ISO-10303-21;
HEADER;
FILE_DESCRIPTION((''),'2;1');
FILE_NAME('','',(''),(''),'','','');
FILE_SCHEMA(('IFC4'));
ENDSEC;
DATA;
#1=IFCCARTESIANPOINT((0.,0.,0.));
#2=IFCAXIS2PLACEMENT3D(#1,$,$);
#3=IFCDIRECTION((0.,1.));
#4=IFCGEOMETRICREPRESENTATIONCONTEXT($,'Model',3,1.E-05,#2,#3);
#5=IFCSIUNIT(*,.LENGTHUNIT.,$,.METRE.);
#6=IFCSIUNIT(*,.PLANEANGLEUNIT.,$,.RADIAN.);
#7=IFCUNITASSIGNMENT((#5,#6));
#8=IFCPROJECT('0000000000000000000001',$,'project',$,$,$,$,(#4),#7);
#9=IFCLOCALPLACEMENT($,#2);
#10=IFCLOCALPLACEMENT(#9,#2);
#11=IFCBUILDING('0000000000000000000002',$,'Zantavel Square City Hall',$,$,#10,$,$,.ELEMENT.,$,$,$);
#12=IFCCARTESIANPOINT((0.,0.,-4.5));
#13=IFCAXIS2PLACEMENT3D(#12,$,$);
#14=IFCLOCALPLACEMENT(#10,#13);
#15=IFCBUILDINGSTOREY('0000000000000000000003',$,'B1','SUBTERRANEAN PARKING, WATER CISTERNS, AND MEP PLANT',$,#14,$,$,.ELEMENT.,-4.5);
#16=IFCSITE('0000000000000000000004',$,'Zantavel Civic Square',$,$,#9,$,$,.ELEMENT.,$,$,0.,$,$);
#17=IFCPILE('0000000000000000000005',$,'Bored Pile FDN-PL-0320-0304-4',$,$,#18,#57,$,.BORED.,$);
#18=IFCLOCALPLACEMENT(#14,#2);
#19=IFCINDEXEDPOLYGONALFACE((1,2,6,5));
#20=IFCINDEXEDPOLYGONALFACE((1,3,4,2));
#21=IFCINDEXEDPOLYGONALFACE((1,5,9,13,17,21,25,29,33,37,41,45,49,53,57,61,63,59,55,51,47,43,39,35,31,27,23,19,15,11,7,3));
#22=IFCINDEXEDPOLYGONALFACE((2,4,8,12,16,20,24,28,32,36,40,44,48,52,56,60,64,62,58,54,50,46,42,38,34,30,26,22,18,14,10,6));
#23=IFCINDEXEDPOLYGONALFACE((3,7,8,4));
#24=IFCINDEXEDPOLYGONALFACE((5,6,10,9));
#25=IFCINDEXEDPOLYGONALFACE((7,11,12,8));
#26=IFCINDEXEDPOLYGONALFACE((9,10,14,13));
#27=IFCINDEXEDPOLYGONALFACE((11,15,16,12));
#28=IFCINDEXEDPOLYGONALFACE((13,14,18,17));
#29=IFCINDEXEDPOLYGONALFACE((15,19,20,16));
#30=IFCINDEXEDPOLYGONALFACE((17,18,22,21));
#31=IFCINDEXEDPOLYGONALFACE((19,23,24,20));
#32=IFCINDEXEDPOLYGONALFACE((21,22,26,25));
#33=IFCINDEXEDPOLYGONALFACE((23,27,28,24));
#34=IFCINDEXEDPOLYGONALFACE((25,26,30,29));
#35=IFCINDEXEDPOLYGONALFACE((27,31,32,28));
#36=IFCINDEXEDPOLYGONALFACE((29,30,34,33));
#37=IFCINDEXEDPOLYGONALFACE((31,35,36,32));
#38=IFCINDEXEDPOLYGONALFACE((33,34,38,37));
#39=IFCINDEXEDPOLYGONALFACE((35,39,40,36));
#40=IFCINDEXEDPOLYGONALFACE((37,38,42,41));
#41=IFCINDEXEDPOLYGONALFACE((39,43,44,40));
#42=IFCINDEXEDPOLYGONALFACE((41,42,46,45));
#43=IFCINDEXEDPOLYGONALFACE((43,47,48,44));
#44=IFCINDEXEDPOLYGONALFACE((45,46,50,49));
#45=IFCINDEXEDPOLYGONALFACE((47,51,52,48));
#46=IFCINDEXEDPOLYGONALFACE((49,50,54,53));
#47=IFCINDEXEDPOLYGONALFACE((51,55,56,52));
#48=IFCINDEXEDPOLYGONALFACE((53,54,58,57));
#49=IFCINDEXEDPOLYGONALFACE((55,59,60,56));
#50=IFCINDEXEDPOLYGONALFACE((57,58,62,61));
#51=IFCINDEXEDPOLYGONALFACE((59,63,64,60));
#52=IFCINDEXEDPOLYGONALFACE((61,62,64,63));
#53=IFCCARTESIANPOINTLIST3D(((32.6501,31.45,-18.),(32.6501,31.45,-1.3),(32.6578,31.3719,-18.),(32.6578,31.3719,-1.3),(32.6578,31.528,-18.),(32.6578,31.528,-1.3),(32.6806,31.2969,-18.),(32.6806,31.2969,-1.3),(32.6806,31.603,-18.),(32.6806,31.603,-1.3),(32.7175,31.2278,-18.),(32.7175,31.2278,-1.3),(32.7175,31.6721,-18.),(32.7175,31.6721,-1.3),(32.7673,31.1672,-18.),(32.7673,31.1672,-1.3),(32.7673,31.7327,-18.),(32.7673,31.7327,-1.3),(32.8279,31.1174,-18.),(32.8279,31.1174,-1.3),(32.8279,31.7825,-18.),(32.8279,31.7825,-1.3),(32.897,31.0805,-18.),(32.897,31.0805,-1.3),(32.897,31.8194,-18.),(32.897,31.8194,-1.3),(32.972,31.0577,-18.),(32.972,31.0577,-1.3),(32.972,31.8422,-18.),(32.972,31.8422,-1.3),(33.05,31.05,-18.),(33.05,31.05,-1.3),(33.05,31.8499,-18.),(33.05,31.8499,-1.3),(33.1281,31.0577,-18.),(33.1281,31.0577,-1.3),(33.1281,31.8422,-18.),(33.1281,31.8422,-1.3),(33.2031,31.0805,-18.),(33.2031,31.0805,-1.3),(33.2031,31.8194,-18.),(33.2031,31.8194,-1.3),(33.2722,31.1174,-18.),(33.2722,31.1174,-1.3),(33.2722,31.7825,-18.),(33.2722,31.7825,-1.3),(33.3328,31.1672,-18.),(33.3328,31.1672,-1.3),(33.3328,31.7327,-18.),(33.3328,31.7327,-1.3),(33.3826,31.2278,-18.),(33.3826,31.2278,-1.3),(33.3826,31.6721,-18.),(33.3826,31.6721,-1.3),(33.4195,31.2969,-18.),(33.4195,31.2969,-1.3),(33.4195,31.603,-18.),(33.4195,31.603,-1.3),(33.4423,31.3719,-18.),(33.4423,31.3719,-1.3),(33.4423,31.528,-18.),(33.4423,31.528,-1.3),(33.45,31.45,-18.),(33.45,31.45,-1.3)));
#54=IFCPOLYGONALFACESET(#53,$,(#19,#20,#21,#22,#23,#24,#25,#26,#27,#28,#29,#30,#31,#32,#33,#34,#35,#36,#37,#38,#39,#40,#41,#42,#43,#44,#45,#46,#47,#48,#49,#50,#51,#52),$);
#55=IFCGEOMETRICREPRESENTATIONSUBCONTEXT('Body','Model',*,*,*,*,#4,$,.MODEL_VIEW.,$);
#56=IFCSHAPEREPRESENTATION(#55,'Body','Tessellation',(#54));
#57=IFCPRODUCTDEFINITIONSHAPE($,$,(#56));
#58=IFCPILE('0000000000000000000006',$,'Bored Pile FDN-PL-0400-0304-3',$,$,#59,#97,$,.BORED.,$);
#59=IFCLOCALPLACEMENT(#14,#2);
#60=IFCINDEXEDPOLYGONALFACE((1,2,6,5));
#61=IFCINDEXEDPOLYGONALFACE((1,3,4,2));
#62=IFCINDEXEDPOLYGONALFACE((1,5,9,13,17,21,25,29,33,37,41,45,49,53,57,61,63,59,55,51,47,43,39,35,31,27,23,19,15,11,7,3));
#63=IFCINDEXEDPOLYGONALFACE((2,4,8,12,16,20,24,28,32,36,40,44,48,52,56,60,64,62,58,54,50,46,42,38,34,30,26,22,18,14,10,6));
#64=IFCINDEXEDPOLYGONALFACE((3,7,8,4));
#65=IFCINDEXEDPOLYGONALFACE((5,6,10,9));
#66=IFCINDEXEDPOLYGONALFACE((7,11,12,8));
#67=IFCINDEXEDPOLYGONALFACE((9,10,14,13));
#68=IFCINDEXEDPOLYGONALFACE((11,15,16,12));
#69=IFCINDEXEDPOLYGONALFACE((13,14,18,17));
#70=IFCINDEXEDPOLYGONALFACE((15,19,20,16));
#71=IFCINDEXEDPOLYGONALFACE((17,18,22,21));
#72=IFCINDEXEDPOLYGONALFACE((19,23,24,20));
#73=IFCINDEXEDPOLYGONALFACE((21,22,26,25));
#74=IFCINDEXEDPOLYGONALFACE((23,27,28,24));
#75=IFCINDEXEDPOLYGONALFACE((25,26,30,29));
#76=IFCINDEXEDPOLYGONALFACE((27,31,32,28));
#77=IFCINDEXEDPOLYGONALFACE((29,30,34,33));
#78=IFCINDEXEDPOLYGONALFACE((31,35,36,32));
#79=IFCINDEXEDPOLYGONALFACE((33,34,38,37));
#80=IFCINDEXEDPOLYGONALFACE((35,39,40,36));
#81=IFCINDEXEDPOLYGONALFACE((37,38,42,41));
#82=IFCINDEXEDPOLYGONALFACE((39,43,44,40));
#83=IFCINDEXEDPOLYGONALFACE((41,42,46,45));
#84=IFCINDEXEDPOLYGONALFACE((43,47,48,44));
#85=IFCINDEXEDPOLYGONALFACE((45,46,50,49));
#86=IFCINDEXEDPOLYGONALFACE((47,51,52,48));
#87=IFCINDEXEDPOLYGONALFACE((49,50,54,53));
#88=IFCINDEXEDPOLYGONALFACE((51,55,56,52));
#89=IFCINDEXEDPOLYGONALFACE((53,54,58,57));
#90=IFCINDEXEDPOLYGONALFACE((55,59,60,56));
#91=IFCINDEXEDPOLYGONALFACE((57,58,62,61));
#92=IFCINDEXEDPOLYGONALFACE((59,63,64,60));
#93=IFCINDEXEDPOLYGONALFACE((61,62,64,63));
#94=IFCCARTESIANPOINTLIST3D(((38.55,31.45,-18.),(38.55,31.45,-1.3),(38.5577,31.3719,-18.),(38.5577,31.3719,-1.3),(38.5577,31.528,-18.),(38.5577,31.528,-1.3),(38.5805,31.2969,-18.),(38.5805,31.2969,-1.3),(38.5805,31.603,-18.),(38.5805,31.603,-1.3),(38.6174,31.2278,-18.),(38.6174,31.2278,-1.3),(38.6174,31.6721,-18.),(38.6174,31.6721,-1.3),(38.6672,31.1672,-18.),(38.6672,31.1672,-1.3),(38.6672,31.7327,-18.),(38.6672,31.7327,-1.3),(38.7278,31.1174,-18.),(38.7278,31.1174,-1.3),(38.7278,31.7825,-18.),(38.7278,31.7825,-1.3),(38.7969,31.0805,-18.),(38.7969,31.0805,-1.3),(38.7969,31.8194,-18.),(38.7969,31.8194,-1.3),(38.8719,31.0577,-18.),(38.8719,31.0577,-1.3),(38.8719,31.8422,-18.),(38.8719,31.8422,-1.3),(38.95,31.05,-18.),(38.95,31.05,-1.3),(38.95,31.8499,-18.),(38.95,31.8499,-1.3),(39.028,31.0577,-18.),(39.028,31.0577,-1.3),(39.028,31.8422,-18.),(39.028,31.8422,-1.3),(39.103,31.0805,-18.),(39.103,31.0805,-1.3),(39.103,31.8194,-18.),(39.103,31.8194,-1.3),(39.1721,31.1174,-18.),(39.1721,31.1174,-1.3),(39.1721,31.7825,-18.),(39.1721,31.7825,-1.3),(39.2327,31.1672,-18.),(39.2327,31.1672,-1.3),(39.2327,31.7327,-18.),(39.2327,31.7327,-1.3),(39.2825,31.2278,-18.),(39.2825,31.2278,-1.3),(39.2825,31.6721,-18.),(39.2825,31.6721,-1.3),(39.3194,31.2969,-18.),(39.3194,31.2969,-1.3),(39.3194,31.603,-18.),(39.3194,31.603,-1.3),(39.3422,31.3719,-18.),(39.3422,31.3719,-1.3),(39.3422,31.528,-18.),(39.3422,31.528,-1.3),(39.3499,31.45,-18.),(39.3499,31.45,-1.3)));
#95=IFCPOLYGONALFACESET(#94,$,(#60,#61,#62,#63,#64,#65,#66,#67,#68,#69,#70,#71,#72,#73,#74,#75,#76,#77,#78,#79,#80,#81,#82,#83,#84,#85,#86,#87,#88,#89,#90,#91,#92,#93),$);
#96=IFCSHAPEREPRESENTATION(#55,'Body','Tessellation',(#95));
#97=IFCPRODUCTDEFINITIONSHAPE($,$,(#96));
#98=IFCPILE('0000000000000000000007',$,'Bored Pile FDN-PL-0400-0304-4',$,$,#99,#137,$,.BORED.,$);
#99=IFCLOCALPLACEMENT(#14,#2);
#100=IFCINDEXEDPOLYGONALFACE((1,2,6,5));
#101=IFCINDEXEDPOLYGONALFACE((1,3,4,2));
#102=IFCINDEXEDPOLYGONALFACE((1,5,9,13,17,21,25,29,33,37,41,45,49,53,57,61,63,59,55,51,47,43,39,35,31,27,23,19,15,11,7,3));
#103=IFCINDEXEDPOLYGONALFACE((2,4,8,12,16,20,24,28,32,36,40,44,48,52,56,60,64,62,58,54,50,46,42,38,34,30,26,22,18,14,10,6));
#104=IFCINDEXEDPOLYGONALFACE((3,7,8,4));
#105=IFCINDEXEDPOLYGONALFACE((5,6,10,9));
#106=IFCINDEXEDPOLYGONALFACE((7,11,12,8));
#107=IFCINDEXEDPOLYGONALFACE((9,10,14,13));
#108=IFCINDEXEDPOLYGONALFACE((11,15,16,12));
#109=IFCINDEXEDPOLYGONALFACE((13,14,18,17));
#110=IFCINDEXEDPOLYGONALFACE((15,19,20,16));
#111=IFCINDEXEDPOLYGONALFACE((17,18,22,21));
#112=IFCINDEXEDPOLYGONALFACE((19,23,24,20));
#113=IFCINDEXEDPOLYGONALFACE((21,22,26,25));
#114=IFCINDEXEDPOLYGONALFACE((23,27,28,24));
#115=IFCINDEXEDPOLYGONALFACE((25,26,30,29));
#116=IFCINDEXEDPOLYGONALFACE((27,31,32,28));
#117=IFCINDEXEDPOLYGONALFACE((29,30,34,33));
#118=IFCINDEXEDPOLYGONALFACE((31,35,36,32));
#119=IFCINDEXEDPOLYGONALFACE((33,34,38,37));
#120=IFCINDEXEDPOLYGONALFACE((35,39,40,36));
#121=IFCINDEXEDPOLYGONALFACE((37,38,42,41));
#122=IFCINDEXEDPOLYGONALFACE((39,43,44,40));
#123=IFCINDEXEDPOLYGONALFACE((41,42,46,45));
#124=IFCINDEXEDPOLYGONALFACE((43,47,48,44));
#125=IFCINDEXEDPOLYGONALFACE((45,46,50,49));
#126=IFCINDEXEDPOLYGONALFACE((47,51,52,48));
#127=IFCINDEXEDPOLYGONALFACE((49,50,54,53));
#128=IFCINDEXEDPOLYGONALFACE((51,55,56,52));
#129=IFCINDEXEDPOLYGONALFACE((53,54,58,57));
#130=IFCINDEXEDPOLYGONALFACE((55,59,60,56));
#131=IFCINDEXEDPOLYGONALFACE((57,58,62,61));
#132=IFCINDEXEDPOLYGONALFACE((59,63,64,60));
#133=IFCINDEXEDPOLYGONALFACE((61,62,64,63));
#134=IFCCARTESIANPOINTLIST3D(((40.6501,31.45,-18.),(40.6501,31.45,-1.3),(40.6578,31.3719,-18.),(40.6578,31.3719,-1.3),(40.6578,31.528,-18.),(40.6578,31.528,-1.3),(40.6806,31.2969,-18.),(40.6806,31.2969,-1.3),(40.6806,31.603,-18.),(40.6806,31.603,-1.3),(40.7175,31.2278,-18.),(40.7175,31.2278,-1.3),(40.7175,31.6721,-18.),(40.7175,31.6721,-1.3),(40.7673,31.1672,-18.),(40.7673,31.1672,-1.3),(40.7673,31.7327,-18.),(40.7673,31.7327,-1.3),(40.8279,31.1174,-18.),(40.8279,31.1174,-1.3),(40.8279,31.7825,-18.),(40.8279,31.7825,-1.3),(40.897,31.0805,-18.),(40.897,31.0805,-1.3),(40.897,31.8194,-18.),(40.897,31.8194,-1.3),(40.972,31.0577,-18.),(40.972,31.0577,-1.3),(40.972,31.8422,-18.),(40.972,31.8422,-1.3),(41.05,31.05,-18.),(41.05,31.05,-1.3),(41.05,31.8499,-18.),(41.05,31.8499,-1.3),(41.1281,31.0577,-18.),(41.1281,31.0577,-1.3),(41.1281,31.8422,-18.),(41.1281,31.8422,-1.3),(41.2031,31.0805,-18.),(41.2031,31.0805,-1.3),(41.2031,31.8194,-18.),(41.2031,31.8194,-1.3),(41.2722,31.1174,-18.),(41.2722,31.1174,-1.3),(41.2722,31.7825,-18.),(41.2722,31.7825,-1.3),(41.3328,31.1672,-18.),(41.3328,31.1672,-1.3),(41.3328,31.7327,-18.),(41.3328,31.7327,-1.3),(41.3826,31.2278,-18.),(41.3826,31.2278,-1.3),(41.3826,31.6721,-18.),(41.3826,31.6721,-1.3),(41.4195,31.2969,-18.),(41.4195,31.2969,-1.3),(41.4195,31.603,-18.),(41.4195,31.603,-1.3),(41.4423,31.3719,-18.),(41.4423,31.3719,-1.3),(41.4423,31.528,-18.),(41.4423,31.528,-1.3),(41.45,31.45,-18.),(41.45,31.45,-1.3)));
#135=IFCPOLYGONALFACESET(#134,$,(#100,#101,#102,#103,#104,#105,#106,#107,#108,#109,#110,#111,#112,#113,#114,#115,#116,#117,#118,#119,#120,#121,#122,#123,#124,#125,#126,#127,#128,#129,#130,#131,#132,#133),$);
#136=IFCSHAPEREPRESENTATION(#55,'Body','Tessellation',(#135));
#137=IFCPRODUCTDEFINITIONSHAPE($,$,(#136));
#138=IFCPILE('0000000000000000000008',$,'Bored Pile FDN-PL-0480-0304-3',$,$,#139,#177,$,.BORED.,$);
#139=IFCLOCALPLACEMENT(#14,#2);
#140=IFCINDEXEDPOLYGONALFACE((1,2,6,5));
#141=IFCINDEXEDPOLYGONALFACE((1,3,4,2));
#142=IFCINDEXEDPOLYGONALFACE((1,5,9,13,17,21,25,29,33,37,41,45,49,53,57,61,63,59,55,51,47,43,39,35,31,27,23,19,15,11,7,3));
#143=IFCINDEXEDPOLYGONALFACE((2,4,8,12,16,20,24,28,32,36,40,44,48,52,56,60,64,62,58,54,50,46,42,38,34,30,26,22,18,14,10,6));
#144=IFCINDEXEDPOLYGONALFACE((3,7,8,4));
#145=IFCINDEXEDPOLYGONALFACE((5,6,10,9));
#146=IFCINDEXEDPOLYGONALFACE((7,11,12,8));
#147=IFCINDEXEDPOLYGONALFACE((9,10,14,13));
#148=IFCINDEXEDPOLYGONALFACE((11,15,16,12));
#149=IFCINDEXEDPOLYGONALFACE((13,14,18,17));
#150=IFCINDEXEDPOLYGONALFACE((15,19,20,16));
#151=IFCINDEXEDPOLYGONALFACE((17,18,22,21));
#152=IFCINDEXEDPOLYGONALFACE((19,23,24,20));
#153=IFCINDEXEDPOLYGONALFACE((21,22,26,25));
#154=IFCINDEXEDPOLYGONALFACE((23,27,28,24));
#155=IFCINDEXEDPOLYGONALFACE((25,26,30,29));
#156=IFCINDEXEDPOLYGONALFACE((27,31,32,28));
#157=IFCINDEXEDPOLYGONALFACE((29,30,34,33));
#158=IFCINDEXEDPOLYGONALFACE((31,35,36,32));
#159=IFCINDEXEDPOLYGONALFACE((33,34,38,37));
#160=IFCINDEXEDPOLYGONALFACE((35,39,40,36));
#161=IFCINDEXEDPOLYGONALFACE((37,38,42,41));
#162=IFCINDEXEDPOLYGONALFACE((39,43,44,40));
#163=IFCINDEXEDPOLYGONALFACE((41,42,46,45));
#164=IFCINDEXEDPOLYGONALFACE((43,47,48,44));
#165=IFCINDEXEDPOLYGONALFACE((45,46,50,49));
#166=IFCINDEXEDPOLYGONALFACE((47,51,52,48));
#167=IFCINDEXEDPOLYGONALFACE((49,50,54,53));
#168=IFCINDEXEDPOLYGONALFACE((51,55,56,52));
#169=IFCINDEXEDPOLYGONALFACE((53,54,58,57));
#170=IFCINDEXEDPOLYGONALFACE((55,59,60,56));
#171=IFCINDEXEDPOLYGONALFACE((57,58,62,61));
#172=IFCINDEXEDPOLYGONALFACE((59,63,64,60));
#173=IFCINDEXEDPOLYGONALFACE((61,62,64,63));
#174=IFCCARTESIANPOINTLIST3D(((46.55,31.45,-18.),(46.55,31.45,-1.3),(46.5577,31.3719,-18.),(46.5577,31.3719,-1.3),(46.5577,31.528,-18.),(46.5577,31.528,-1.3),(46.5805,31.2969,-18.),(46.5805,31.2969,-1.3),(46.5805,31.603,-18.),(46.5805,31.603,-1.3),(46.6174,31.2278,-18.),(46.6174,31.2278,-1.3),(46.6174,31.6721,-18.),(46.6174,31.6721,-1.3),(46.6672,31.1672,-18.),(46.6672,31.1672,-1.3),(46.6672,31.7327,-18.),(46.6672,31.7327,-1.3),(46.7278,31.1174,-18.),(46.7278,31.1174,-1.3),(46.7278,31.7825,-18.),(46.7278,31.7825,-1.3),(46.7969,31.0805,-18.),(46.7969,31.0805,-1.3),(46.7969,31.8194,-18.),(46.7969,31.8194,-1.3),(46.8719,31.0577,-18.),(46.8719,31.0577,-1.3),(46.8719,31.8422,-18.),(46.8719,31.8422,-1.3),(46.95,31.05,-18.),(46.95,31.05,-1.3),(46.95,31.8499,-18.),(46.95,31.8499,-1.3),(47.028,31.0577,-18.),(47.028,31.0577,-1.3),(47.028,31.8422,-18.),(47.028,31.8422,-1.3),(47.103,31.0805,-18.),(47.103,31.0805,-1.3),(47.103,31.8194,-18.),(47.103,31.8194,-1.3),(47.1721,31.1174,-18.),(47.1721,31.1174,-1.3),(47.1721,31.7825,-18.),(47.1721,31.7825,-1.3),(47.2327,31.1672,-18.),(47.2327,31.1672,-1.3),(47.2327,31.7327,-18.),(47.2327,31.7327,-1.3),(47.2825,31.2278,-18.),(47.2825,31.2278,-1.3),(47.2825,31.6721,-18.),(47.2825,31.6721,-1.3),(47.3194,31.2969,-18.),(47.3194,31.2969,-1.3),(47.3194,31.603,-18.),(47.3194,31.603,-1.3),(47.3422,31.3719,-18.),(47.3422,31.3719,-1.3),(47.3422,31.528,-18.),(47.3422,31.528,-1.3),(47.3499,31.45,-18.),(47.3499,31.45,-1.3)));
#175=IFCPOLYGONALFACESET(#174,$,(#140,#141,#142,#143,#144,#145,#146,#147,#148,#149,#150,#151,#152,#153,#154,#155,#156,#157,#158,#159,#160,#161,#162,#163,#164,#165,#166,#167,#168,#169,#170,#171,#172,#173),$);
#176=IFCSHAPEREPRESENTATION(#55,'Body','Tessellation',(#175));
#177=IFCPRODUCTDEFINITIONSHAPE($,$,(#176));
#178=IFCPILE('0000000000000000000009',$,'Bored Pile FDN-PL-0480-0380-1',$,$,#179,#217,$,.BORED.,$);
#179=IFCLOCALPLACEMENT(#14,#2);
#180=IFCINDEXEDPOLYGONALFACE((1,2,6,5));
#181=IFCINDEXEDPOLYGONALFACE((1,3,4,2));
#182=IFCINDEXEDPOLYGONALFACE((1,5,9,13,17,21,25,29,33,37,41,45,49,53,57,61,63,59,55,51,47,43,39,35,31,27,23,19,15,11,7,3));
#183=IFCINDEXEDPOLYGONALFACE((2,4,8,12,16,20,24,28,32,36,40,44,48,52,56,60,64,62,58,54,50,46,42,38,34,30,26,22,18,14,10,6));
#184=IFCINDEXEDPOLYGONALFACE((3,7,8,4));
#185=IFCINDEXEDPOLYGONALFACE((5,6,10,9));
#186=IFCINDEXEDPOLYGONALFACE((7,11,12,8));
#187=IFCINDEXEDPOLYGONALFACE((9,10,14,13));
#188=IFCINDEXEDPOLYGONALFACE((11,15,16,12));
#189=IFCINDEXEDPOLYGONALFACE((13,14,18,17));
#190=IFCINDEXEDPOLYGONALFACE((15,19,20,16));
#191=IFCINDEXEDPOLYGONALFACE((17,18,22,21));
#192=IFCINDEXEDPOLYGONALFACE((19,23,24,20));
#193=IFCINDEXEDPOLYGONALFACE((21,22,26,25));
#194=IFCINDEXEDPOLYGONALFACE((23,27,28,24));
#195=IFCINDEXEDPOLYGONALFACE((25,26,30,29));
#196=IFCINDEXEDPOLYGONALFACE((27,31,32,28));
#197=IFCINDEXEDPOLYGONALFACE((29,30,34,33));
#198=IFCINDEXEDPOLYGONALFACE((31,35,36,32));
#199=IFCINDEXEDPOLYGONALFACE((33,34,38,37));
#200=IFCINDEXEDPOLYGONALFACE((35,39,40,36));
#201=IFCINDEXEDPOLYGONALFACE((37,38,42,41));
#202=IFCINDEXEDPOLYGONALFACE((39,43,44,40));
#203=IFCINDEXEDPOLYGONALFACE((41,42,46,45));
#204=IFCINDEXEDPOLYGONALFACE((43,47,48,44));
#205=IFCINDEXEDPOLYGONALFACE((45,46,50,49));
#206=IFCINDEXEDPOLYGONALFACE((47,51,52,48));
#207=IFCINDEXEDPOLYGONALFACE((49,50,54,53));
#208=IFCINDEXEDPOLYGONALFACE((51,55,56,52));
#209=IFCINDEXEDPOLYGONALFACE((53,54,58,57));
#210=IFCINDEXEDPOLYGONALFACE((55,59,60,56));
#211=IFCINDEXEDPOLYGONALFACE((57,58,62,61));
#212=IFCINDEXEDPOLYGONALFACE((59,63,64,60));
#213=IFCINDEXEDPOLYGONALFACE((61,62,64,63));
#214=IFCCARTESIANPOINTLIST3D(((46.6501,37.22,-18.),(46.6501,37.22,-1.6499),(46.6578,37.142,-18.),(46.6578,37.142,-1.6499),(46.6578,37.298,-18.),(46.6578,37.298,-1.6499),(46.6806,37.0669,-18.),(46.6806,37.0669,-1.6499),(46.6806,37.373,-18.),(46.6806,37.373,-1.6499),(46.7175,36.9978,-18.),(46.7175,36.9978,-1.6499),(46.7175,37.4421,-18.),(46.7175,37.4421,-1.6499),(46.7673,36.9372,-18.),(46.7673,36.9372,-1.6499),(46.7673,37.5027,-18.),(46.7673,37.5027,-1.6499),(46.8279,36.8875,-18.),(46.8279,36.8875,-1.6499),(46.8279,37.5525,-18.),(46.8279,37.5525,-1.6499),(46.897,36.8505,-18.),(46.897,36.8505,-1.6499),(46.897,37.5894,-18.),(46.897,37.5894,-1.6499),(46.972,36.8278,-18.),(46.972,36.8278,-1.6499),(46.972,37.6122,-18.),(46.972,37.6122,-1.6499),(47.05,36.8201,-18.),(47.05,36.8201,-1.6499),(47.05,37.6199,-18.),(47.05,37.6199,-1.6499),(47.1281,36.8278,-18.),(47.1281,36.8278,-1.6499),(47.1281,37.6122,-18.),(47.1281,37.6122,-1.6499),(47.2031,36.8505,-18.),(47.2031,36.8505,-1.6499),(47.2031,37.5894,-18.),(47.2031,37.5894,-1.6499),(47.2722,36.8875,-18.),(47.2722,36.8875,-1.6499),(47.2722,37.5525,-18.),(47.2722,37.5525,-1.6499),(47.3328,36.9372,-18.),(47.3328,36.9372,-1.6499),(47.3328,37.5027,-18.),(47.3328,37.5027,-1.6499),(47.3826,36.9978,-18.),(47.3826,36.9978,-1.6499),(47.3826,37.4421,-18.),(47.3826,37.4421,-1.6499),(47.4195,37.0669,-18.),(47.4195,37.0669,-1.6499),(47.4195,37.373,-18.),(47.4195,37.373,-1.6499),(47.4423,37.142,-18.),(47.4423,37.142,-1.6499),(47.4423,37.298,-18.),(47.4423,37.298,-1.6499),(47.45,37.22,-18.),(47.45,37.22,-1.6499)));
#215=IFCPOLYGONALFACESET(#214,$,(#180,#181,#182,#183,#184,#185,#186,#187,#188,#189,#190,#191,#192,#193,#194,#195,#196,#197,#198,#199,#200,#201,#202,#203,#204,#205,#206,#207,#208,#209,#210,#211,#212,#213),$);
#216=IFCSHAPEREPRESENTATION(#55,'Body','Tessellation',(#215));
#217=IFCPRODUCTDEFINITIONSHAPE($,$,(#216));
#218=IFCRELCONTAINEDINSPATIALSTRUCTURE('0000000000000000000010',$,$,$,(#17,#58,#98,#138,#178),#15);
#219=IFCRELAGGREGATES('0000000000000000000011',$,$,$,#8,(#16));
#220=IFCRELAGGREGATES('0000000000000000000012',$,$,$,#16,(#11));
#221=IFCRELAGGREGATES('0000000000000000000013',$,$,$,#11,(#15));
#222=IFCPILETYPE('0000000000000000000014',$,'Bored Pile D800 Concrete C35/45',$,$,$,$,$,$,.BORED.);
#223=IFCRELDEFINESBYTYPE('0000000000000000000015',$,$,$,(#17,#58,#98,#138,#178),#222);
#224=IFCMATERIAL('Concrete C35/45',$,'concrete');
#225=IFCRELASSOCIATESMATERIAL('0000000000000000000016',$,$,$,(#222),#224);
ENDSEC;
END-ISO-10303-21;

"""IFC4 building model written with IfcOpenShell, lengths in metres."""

from ifc_helpers import new_model, si_unit, direction, frame, origin, origin_2d, place, context, subcontext, project, spatial, circle, extrude, material, material_profile, profile_set, type_object, element, save


model = new_model("IFC4")

# Units and contexts
model_context = context("Model", 3, precision=1e-05, world=origin(), true_north=direction((0.0, 1.0)))
body_context = subcontext(model_context, "Body", "Model", "MODEL_VIEW")
ifc_project = project(units=[si_unit("LENGTHUNIT", "METRE"), si_unit("PLANEANGLEUNIT", "RADIAN")], contexts=[model_context])

# Site, building, storey
site_placement = place(None, origin())
site = spatial("IfcSite", under=ifc_project, at=site_placement, Name="Zantavel Civic Square", CompositionType="ELEMENT", RefElevation=0.0)
building_placement = place(site_placement, origin())
building = spatial("IfcBuilding", under=site, at=building_placement, Name="Zantavel Square City Hall", CompositionType="ELEMENT")
storey_placement = place(building_placement, frame((0.0, 0.0, -4.5)))
storey = spatial("IfcBuildingStorey", under=building, at=storey_placement, Name="B1", Description="SUBTERRANEAN PARKING, WATER CISTERNS, AND MEP PLANT", CompositionType="ELEMENT", Elevation=-4.5)

# Piles
ifc_material_1 = material(Name="Concrete C35/45", Category="concrete")
ifc_material_profile_1 = material_profile(ifc_material_1, circle(Radius=0.3999, at=origin_2d()), Name="PILE D800")
ifc_profile_set_1 = profile_set([ifc_material_profile_1], Name="Concrete C35/45")
pile_type = type_object("IfcPileType", Name="Bored Pile D800 Concrete C35/45", PredefinedType="BORED", material=ifc_profile_set_1)
for number, where, z_axis, x_axis, name in (
    (1, (33.05, 31.45, -1.3), (0.0, 0.0, -1.0), (1.0, 0.0, 0.0), "Bored Pile FDN-PL-0320-0304-4"),
    (2, (38.95, 31.45, -1.3), (0.0, 0.0, -1.0), (1.0, 0.0, 0.0), "Bored Pile FDN-PL-0400-0304-3"),
    (3, (41.05, 31.45, -1.3), (0.0, 0.0, -1.0), (1.0, 0.0, 0.0), "Bored Pile FDN-PL-0400-0304-4"),
    (4, (46.95, 31.45, -1.3), (0.0, 0.0, -1.0), (1.0, 0.0, 0.0), "Bored Pile FDN-PL-0480-0304-3"),
):
    element("IfcPile", number, at=place(storey_placement, frame(where, z_axis=z_axis, x_axis=x_axis)), inside=storey, type_object=pile_type, Name=name, PredefinedType="BORED", context=body_context, shape_type="SweptSolid", body=[
        extrude(circle(Radius=0.3999, at=origin_2d()), origin(), (0.0, 0.0, 1.0), 16.7),
    ])
pile_placement = place(storey_placement, frame((47.05, 37.22, -1.6499), z_axis=(0.0, 0.0, -1.0), x_axis=(1.0, 0.0, 0.0)))
element("IfcPile", 5, at=pile_placement, inside=storey, type_object=pile_type, Name="Bored Pile FDN-PL-0480-0380-1", PredefinedType="BORED", context=body_context, shape_type="SweptSolid", body=[
    extrude(circle(Radius=0.3999, at=origin_2d()), origin(), (0.0, 0.0, 1.0), 16.3501),
])

save(model, "model.ifc")
